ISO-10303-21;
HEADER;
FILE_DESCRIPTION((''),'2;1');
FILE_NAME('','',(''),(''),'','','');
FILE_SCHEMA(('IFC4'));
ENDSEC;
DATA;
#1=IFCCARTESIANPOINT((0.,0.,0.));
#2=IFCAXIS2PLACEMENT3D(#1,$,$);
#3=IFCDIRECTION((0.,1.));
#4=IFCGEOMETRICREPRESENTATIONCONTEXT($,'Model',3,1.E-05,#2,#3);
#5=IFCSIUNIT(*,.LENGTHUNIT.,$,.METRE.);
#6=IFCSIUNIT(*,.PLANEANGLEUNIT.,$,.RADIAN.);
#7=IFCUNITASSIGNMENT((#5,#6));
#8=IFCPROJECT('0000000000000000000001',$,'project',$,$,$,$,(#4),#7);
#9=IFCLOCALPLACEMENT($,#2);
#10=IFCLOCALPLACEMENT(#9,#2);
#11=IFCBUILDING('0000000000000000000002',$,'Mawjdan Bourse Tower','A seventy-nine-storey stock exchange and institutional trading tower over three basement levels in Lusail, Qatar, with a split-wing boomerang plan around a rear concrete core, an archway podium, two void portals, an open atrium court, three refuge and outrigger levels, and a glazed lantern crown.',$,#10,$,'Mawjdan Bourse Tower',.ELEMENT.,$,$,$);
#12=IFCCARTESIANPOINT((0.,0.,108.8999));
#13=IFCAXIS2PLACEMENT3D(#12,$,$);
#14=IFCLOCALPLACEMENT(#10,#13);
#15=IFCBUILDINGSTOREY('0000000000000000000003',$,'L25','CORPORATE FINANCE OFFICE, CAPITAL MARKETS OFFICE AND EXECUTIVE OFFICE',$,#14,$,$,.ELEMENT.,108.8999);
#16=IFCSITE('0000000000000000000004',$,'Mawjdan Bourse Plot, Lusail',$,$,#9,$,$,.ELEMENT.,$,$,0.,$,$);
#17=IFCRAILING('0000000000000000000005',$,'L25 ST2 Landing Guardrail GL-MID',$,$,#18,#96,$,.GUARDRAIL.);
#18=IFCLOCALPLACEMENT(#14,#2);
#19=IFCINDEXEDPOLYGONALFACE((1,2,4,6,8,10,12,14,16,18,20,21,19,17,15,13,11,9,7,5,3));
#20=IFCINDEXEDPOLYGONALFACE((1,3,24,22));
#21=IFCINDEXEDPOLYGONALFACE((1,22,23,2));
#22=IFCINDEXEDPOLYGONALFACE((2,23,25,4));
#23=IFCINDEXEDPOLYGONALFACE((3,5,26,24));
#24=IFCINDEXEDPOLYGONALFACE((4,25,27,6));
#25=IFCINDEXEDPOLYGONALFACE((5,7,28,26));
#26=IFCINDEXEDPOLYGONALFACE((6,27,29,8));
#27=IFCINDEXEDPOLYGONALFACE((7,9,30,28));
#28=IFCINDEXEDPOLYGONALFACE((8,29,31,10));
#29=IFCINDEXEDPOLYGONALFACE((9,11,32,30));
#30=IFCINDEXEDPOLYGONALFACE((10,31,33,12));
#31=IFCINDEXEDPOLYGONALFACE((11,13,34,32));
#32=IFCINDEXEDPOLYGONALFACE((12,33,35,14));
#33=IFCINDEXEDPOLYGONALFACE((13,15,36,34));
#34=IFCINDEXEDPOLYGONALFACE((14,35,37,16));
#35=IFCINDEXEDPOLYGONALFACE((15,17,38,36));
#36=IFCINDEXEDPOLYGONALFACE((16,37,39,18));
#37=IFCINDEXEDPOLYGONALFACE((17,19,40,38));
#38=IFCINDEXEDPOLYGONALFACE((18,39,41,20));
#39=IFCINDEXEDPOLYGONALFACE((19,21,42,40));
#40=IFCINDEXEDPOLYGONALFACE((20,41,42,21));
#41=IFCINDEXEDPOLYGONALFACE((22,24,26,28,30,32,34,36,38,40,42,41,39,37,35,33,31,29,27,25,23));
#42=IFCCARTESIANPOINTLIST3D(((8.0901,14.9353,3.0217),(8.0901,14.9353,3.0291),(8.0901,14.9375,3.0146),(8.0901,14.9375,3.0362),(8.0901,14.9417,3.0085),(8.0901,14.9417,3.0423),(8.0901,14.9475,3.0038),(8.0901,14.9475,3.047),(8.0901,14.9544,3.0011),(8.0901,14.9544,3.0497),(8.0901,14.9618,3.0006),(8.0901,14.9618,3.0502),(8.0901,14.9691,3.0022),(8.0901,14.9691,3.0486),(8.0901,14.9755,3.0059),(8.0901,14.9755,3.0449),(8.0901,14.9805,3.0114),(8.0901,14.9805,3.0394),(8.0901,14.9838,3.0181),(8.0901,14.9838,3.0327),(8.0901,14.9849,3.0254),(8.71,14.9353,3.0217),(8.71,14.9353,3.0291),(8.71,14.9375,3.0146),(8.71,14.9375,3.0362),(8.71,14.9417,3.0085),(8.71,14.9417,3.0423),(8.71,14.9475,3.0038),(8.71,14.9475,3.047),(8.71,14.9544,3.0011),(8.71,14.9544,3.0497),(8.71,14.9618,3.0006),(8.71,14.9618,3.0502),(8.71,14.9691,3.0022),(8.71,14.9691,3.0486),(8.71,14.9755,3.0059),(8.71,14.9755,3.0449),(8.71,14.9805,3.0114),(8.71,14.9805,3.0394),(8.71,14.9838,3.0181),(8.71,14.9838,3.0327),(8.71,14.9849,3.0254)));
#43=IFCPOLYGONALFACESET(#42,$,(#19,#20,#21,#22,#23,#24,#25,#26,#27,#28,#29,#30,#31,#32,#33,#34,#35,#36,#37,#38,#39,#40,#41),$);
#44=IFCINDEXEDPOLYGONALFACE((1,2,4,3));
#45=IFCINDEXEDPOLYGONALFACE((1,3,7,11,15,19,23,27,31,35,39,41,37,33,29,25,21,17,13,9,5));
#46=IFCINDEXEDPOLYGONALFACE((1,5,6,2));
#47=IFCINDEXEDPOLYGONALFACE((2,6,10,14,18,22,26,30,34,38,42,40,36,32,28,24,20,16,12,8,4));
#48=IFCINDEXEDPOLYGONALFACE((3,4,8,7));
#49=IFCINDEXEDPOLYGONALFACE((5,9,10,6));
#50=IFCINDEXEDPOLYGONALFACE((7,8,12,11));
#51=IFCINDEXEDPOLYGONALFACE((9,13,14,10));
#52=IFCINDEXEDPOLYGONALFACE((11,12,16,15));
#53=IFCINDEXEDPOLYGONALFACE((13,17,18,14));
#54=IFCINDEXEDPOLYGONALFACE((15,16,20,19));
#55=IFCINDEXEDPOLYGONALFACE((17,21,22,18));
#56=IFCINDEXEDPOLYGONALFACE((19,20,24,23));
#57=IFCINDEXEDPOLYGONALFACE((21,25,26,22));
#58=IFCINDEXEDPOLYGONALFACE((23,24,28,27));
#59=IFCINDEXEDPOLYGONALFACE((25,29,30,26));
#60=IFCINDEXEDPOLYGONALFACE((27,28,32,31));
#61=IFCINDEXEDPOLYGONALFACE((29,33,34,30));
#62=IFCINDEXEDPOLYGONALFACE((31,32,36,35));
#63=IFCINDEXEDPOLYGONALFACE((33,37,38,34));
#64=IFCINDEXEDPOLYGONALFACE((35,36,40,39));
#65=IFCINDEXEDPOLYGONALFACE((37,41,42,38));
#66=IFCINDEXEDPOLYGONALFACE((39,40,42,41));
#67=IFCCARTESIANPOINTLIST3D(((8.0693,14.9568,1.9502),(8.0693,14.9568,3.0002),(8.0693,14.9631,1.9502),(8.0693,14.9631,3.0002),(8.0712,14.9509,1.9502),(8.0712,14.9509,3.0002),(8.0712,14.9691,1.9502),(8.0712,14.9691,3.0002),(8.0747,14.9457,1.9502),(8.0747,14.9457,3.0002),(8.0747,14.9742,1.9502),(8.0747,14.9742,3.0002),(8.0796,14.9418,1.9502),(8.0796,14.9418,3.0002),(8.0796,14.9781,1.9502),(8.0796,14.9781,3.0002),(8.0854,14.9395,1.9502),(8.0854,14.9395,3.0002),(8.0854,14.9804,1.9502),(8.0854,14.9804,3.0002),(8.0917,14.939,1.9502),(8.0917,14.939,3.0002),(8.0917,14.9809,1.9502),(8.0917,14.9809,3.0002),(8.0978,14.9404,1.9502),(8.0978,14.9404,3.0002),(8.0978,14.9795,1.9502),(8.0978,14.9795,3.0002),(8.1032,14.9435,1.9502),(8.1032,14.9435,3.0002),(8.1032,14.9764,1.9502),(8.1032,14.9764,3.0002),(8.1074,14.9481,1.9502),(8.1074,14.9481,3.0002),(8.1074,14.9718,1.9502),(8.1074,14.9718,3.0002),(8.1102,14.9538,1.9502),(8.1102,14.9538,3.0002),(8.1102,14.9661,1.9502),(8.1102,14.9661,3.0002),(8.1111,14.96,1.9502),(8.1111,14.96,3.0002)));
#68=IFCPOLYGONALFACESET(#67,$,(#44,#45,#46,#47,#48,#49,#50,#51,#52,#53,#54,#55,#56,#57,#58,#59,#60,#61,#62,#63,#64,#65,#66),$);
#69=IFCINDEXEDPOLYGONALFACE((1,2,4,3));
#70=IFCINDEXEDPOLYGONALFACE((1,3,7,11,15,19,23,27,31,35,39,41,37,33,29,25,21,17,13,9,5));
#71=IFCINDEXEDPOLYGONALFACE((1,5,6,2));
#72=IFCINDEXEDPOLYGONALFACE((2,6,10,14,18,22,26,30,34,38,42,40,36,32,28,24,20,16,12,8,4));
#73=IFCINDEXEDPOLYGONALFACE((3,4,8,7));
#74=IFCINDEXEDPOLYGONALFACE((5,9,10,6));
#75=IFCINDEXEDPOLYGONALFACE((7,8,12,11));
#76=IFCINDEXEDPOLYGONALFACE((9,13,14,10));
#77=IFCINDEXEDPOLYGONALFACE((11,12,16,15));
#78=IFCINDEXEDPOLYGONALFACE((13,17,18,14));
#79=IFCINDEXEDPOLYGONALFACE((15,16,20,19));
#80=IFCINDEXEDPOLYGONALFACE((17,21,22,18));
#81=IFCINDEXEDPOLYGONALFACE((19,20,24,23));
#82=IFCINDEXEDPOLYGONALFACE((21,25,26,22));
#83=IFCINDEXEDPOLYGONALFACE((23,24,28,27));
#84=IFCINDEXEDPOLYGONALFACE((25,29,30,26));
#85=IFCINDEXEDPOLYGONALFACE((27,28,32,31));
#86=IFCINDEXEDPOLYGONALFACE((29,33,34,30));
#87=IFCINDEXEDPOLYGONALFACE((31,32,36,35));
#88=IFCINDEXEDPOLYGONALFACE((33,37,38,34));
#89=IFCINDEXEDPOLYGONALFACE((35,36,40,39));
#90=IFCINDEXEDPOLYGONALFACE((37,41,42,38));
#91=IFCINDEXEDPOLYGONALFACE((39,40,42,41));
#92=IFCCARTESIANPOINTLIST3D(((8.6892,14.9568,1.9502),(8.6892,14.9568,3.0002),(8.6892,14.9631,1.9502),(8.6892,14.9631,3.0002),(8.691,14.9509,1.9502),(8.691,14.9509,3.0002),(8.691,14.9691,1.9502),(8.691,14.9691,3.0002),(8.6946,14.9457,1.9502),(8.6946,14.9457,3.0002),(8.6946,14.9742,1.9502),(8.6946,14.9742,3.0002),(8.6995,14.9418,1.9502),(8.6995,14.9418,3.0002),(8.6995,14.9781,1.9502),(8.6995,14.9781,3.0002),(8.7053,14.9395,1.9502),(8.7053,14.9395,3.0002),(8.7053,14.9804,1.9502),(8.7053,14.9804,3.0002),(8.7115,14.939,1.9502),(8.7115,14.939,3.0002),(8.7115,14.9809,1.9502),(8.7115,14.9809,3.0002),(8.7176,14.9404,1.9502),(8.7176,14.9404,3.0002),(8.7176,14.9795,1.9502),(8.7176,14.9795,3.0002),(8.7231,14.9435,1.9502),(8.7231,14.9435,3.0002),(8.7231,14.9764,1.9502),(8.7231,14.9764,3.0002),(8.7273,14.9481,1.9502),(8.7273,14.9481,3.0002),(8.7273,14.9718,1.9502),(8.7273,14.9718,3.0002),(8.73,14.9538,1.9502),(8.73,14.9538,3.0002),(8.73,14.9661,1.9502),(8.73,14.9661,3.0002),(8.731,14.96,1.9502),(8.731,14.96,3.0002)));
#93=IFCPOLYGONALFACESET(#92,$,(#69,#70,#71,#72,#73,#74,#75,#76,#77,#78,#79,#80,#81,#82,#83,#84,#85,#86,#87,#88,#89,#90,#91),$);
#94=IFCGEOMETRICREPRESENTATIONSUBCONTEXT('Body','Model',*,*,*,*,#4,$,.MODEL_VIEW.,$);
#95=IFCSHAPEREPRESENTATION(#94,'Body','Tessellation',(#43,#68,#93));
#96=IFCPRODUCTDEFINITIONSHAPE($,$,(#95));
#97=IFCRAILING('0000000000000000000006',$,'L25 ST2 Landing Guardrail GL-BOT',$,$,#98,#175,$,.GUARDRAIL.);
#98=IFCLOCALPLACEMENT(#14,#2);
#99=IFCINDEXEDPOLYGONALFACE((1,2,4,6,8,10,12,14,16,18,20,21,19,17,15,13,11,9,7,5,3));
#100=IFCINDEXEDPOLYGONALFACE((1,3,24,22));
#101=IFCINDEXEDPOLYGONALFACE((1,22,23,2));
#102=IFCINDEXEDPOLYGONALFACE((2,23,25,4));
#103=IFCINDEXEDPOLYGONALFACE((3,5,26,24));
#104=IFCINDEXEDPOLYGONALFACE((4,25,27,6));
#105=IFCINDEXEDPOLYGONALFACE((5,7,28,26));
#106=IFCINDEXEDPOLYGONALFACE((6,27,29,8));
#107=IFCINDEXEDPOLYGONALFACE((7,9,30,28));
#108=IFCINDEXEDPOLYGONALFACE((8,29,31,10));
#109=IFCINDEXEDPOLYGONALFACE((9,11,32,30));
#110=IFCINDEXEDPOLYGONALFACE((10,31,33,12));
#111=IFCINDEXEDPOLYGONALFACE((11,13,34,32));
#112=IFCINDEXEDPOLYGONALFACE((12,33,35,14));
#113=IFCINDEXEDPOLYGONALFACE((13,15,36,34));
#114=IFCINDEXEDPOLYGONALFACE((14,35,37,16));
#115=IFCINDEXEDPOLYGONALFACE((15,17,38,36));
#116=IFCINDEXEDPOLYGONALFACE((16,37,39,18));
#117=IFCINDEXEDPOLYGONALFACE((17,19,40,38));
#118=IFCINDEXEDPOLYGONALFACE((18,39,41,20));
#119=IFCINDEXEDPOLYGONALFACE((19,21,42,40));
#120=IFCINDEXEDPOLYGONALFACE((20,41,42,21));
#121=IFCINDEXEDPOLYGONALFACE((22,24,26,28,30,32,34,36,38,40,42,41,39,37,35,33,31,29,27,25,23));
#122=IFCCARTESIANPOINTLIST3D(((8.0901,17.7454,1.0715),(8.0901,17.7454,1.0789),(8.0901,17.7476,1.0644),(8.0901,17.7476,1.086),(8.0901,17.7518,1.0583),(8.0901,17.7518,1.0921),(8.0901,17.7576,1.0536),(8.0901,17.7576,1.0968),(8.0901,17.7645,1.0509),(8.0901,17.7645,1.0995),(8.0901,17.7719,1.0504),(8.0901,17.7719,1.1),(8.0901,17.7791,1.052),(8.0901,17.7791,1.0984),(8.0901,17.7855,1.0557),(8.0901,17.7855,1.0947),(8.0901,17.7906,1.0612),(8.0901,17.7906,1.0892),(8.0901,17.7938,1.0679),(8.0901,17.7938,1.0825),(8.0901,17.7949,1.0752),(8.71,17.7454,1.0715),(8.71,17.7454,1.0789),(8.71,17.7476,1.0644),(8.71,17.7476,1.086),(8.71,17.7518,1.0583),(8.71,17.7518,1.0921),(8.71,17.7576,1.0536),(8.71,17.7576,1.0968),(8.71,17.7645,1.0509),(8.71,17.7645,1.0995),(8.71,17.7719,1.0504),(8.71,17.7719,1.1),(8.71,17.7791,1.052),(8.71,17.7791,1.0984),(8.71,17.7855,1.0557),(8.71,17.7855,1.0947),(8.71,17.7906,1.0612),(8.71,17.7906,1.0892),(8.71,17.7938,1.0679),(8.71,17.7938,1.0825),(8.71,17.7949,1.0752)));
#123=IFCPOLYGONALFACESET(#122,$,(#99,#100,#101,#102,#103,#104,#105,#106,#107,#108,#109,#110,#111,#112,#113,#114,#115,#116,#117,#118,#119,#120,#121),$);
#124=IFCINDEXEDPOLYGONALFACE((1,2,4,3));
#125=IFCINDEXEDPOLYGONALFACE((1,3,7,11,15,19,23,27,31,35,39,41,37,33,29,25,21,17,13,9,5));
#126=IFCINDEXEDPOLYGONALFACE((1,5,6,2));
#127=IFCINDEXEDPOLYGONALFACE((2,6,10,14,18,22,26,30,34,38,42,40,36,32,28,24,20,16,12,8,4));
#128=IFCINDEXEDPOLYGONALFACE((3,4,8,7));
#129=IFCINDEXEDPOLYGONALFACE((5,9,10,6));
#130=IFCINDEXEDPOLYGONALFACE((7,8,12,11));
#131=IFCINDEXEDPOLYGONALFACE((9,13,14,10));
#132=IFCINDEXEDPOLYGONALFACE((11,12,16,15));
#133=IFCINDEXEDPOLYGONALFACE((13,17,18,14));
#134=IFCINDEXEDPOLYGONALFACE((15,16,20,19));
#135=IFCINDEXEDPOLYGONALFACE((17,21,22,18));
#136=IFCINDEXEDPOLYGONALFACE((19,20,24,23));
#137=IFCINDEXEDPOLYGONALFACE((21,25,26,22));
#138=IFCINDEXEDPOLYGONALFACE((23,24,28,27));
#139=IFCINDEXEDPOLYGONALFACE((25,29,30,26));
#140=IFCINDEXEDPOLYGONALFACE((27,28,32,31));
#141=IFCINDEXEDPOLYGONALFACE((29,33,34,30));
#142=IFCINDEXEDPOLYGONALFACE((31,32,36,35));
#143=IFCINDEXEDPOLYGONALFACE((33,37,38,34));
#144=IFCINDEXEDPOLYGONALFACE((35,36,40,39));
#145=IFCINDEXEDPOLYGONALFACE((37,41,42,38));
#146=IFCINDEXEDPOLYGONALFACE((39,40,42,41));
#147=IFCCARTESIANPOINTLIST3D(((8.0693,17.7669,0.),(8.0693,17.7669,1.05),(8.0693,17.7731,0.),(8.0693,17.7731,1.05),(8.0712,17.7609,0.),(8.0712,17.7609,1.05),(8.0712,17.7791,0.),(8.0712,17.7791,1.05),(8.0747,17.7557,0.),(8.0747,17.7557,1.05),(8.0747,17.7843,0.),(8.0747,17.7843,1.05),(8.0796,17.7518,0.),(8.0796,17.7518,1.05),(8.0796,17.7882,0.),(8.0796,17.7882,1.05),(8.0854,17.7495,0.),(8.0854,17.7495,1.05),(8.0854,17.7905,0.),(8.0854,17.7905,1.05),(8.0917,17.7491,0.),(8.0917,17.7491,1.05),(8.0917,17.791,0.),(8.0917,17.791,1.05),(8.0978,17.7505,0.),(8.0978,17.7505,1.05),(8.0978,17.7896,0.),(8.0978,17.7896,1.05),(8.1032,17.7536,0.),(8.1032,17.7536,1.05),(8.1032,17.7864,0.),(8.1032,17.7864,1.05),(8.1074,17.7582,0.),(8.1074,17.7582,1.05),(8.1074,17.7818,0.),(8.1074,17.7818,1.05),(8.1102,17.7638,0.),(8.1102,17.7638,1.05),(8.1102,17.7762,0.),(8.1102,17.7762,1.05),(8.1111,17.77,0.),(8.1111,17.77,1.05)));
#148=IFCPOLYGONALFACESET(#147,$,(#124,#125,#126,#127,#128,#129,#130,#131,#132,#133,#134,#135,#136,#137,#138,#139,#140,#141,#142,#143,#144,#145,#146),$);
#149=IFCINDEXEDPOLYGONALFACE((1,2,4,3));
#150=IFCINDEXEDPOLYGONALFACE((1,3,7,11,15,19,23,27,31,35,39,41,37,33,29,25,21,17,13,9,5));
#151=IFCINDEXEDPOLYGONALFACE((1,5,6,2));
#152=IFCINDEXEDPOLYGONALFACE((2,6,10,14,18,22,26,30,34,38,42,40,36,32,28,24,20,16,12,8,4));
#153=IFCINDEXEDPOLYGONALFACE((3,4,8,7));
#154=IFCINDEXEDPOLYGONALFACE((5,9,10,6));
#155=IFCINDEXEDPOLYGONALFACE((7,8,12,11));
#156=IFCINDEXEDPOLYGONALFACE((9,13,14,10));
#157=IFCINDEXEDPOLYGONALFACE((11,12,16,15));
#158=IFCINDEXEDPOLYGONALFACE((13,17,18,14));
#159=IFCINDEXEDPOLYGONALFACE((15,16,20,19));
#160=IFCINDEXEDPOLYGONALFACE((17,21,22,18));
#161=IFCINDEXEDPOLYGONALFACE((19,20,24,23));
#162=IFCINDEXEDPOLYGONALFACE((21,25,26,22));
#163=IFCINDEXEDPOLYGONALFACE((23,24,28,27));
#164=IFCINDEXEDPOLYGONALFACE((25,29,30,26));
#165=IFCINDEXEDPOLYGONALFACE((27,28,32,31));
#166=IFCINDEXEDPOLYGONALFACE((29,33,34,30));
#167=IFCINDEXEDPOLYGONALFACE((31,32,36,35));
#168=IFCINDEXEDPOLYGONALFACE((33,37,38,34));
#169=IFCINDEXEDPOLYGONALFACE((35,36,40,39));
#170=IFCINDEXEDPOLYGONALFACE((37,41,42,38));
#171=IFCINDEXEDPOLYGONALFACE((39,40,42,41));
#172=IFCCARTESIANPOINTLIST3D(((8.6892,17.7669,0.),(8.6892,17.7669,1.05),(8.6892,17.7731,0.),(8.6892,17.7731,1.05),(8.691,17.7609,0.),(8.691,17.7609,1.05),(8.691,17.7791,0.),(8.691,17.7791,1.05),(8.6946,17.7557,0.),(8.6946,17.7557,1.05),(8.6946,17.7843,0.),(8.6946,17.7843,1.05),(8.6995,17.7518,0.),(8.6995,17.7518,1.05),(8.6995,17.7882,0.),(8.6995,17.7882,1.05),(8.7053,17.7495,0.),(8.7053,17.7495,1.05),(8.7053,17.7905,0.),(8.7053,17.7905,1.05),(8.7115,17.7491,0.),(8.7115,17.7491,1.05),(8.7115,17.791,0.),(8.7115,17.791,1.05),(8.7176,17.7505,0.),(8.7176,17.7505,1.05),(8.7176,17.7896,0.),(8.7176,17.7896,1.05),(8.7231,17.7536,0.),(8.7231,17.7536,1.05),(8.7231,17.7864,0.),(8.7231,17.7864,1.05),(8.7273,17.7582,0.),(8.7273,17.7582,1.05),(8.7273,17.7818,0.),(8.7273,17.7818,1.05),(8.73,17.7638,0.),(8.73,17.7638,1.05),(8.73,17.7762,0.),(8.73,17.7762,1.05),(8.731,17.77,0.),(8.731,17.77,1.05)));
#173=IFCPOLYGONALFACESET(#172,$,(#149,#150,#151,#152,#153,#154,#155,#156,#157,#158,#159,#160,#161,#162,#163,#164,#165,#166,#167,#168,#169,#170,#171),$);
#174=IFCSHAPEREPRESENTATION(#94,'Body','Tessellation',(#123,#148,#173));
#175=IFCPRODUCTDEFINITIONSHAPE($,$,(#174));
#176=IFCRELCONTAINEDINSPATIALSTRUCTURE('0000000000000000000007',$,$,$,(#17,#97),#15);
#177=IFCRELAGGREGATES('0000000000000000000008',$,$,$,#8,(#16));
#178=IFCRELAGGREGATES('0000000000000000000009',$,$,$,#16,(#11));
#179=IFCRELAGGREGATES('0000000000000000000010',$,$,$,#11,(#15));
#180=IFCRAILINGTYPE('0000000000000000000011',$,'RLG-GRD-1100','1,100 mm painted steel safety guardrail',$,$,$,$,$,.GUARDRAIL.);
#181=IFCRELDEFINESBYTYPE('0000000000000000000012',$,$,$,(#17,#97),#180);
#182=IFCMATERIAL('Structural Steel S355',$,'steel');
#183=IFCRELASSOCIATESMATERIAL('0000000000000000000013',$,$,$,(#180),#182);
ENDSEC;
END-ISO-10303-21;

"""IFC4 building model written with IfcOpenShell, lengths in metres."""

from ifc_helpers import new_model, si_unit, direction, frame, origin, origin_2d, place, context, subcontext, project, spatial, circle, extrude, material, type_object, element, save


model = new_model("IFC4")

# Units and contexts
model_context = context("Model", 3, precision=1e-05, world=origin(), true_north=direction((0.0, 1.0)))
body_context = subcontext(model_context, "Body", "Model", "MODEL_VIEW")
ifc_project = project(units=[si_unit("LENGTHUNIT", "METRE"), si_unit("PLANEANGLEUNIT", "RADIAN")], contexts=[model_context])

# Site, building, storey
site_placement = place(None, origin())
site = spatial("IfcSite", under=ifc_project, at=site_placement, Name="Mawjdan Bourse Plot, Lusail", CompositionType="ELEMENT", RefElevation=0.0)
building_placement = place(site_placement, origin())
building = spatial("IfcBuilding", under=site, at=building_placement, Name="Mawjdan Bourse Tower", Description="A seventy-nine-storey stock exchange and institutional trading tower over three basement levels in Lusail, Qatar, with a split-wing boomerang plan around a rear concrete core, an archway podium, two void portals, an open atrium court, three refuge and outrigger levels, and a glazed lantern crown.", LongName="Mawjdan Bourse Tower", CompositionType="ELEMENT")
storey_placement = place(building_placement, frame((0.0, 0.0, 108.8999)))
storey = spatial("IfcBuildingStorey", under=building, at=storey_placement, Name="L25", Description="CORPORATE FINANCE OFFICE, CAPITAL MARKETS OFFICE AND EXECUTIVE OFFICE", CompositionType="ELEMENT", Elevation=108.8999)

# Railings
ifc_material_1 = material(Name="Structural Steel S355", Category="steel")
railing_type_1 = type_object("IfcRailingType", Name="RLG-GRD-1100", Description="1,100 mm painted steel safety guardrail", PredefinedType="GUARDRAIL", material=ifc_material_1)
for number, where, name in (
    (1, (8.0901, 14.96, 1.9502), "L25 ST2 Landing Guardrail GL-MID"),
    (2, (8.0901, 17.77, 0.0), "L25 ST2 Landing Guardrail GL-BOT"),
):
    element("IfcRailing", number, at=place(storey_placement, frame(where)), inside=storey, type_object=railing_type_1, Name=name, PredefinedType="GUARDRAIL", context=body_context, shape_type="SweptSolid", body=[
        extrude(circle(Radius=0.0249, at=origin_2d()), frame((0.0, 0.0, 1.0752), z_axis=(1.0, 0.0, 0.0), x_axis=(0.0, 1.0, 0.0)), (0.0, 0.0, 1.0), 0.6199),
        extrude(circle(Radius=0.021, at=origin_2d()), origin(), (0.0, 0.0, 1.0), 1.05),
        extrude(circle(Radius=0.021, at=origin_2d()), frame((0.6199, 0.0, 0.0)), (0.0, 0.0, 1.0), 1.05),
    ])

save(model, "model.ifc")
